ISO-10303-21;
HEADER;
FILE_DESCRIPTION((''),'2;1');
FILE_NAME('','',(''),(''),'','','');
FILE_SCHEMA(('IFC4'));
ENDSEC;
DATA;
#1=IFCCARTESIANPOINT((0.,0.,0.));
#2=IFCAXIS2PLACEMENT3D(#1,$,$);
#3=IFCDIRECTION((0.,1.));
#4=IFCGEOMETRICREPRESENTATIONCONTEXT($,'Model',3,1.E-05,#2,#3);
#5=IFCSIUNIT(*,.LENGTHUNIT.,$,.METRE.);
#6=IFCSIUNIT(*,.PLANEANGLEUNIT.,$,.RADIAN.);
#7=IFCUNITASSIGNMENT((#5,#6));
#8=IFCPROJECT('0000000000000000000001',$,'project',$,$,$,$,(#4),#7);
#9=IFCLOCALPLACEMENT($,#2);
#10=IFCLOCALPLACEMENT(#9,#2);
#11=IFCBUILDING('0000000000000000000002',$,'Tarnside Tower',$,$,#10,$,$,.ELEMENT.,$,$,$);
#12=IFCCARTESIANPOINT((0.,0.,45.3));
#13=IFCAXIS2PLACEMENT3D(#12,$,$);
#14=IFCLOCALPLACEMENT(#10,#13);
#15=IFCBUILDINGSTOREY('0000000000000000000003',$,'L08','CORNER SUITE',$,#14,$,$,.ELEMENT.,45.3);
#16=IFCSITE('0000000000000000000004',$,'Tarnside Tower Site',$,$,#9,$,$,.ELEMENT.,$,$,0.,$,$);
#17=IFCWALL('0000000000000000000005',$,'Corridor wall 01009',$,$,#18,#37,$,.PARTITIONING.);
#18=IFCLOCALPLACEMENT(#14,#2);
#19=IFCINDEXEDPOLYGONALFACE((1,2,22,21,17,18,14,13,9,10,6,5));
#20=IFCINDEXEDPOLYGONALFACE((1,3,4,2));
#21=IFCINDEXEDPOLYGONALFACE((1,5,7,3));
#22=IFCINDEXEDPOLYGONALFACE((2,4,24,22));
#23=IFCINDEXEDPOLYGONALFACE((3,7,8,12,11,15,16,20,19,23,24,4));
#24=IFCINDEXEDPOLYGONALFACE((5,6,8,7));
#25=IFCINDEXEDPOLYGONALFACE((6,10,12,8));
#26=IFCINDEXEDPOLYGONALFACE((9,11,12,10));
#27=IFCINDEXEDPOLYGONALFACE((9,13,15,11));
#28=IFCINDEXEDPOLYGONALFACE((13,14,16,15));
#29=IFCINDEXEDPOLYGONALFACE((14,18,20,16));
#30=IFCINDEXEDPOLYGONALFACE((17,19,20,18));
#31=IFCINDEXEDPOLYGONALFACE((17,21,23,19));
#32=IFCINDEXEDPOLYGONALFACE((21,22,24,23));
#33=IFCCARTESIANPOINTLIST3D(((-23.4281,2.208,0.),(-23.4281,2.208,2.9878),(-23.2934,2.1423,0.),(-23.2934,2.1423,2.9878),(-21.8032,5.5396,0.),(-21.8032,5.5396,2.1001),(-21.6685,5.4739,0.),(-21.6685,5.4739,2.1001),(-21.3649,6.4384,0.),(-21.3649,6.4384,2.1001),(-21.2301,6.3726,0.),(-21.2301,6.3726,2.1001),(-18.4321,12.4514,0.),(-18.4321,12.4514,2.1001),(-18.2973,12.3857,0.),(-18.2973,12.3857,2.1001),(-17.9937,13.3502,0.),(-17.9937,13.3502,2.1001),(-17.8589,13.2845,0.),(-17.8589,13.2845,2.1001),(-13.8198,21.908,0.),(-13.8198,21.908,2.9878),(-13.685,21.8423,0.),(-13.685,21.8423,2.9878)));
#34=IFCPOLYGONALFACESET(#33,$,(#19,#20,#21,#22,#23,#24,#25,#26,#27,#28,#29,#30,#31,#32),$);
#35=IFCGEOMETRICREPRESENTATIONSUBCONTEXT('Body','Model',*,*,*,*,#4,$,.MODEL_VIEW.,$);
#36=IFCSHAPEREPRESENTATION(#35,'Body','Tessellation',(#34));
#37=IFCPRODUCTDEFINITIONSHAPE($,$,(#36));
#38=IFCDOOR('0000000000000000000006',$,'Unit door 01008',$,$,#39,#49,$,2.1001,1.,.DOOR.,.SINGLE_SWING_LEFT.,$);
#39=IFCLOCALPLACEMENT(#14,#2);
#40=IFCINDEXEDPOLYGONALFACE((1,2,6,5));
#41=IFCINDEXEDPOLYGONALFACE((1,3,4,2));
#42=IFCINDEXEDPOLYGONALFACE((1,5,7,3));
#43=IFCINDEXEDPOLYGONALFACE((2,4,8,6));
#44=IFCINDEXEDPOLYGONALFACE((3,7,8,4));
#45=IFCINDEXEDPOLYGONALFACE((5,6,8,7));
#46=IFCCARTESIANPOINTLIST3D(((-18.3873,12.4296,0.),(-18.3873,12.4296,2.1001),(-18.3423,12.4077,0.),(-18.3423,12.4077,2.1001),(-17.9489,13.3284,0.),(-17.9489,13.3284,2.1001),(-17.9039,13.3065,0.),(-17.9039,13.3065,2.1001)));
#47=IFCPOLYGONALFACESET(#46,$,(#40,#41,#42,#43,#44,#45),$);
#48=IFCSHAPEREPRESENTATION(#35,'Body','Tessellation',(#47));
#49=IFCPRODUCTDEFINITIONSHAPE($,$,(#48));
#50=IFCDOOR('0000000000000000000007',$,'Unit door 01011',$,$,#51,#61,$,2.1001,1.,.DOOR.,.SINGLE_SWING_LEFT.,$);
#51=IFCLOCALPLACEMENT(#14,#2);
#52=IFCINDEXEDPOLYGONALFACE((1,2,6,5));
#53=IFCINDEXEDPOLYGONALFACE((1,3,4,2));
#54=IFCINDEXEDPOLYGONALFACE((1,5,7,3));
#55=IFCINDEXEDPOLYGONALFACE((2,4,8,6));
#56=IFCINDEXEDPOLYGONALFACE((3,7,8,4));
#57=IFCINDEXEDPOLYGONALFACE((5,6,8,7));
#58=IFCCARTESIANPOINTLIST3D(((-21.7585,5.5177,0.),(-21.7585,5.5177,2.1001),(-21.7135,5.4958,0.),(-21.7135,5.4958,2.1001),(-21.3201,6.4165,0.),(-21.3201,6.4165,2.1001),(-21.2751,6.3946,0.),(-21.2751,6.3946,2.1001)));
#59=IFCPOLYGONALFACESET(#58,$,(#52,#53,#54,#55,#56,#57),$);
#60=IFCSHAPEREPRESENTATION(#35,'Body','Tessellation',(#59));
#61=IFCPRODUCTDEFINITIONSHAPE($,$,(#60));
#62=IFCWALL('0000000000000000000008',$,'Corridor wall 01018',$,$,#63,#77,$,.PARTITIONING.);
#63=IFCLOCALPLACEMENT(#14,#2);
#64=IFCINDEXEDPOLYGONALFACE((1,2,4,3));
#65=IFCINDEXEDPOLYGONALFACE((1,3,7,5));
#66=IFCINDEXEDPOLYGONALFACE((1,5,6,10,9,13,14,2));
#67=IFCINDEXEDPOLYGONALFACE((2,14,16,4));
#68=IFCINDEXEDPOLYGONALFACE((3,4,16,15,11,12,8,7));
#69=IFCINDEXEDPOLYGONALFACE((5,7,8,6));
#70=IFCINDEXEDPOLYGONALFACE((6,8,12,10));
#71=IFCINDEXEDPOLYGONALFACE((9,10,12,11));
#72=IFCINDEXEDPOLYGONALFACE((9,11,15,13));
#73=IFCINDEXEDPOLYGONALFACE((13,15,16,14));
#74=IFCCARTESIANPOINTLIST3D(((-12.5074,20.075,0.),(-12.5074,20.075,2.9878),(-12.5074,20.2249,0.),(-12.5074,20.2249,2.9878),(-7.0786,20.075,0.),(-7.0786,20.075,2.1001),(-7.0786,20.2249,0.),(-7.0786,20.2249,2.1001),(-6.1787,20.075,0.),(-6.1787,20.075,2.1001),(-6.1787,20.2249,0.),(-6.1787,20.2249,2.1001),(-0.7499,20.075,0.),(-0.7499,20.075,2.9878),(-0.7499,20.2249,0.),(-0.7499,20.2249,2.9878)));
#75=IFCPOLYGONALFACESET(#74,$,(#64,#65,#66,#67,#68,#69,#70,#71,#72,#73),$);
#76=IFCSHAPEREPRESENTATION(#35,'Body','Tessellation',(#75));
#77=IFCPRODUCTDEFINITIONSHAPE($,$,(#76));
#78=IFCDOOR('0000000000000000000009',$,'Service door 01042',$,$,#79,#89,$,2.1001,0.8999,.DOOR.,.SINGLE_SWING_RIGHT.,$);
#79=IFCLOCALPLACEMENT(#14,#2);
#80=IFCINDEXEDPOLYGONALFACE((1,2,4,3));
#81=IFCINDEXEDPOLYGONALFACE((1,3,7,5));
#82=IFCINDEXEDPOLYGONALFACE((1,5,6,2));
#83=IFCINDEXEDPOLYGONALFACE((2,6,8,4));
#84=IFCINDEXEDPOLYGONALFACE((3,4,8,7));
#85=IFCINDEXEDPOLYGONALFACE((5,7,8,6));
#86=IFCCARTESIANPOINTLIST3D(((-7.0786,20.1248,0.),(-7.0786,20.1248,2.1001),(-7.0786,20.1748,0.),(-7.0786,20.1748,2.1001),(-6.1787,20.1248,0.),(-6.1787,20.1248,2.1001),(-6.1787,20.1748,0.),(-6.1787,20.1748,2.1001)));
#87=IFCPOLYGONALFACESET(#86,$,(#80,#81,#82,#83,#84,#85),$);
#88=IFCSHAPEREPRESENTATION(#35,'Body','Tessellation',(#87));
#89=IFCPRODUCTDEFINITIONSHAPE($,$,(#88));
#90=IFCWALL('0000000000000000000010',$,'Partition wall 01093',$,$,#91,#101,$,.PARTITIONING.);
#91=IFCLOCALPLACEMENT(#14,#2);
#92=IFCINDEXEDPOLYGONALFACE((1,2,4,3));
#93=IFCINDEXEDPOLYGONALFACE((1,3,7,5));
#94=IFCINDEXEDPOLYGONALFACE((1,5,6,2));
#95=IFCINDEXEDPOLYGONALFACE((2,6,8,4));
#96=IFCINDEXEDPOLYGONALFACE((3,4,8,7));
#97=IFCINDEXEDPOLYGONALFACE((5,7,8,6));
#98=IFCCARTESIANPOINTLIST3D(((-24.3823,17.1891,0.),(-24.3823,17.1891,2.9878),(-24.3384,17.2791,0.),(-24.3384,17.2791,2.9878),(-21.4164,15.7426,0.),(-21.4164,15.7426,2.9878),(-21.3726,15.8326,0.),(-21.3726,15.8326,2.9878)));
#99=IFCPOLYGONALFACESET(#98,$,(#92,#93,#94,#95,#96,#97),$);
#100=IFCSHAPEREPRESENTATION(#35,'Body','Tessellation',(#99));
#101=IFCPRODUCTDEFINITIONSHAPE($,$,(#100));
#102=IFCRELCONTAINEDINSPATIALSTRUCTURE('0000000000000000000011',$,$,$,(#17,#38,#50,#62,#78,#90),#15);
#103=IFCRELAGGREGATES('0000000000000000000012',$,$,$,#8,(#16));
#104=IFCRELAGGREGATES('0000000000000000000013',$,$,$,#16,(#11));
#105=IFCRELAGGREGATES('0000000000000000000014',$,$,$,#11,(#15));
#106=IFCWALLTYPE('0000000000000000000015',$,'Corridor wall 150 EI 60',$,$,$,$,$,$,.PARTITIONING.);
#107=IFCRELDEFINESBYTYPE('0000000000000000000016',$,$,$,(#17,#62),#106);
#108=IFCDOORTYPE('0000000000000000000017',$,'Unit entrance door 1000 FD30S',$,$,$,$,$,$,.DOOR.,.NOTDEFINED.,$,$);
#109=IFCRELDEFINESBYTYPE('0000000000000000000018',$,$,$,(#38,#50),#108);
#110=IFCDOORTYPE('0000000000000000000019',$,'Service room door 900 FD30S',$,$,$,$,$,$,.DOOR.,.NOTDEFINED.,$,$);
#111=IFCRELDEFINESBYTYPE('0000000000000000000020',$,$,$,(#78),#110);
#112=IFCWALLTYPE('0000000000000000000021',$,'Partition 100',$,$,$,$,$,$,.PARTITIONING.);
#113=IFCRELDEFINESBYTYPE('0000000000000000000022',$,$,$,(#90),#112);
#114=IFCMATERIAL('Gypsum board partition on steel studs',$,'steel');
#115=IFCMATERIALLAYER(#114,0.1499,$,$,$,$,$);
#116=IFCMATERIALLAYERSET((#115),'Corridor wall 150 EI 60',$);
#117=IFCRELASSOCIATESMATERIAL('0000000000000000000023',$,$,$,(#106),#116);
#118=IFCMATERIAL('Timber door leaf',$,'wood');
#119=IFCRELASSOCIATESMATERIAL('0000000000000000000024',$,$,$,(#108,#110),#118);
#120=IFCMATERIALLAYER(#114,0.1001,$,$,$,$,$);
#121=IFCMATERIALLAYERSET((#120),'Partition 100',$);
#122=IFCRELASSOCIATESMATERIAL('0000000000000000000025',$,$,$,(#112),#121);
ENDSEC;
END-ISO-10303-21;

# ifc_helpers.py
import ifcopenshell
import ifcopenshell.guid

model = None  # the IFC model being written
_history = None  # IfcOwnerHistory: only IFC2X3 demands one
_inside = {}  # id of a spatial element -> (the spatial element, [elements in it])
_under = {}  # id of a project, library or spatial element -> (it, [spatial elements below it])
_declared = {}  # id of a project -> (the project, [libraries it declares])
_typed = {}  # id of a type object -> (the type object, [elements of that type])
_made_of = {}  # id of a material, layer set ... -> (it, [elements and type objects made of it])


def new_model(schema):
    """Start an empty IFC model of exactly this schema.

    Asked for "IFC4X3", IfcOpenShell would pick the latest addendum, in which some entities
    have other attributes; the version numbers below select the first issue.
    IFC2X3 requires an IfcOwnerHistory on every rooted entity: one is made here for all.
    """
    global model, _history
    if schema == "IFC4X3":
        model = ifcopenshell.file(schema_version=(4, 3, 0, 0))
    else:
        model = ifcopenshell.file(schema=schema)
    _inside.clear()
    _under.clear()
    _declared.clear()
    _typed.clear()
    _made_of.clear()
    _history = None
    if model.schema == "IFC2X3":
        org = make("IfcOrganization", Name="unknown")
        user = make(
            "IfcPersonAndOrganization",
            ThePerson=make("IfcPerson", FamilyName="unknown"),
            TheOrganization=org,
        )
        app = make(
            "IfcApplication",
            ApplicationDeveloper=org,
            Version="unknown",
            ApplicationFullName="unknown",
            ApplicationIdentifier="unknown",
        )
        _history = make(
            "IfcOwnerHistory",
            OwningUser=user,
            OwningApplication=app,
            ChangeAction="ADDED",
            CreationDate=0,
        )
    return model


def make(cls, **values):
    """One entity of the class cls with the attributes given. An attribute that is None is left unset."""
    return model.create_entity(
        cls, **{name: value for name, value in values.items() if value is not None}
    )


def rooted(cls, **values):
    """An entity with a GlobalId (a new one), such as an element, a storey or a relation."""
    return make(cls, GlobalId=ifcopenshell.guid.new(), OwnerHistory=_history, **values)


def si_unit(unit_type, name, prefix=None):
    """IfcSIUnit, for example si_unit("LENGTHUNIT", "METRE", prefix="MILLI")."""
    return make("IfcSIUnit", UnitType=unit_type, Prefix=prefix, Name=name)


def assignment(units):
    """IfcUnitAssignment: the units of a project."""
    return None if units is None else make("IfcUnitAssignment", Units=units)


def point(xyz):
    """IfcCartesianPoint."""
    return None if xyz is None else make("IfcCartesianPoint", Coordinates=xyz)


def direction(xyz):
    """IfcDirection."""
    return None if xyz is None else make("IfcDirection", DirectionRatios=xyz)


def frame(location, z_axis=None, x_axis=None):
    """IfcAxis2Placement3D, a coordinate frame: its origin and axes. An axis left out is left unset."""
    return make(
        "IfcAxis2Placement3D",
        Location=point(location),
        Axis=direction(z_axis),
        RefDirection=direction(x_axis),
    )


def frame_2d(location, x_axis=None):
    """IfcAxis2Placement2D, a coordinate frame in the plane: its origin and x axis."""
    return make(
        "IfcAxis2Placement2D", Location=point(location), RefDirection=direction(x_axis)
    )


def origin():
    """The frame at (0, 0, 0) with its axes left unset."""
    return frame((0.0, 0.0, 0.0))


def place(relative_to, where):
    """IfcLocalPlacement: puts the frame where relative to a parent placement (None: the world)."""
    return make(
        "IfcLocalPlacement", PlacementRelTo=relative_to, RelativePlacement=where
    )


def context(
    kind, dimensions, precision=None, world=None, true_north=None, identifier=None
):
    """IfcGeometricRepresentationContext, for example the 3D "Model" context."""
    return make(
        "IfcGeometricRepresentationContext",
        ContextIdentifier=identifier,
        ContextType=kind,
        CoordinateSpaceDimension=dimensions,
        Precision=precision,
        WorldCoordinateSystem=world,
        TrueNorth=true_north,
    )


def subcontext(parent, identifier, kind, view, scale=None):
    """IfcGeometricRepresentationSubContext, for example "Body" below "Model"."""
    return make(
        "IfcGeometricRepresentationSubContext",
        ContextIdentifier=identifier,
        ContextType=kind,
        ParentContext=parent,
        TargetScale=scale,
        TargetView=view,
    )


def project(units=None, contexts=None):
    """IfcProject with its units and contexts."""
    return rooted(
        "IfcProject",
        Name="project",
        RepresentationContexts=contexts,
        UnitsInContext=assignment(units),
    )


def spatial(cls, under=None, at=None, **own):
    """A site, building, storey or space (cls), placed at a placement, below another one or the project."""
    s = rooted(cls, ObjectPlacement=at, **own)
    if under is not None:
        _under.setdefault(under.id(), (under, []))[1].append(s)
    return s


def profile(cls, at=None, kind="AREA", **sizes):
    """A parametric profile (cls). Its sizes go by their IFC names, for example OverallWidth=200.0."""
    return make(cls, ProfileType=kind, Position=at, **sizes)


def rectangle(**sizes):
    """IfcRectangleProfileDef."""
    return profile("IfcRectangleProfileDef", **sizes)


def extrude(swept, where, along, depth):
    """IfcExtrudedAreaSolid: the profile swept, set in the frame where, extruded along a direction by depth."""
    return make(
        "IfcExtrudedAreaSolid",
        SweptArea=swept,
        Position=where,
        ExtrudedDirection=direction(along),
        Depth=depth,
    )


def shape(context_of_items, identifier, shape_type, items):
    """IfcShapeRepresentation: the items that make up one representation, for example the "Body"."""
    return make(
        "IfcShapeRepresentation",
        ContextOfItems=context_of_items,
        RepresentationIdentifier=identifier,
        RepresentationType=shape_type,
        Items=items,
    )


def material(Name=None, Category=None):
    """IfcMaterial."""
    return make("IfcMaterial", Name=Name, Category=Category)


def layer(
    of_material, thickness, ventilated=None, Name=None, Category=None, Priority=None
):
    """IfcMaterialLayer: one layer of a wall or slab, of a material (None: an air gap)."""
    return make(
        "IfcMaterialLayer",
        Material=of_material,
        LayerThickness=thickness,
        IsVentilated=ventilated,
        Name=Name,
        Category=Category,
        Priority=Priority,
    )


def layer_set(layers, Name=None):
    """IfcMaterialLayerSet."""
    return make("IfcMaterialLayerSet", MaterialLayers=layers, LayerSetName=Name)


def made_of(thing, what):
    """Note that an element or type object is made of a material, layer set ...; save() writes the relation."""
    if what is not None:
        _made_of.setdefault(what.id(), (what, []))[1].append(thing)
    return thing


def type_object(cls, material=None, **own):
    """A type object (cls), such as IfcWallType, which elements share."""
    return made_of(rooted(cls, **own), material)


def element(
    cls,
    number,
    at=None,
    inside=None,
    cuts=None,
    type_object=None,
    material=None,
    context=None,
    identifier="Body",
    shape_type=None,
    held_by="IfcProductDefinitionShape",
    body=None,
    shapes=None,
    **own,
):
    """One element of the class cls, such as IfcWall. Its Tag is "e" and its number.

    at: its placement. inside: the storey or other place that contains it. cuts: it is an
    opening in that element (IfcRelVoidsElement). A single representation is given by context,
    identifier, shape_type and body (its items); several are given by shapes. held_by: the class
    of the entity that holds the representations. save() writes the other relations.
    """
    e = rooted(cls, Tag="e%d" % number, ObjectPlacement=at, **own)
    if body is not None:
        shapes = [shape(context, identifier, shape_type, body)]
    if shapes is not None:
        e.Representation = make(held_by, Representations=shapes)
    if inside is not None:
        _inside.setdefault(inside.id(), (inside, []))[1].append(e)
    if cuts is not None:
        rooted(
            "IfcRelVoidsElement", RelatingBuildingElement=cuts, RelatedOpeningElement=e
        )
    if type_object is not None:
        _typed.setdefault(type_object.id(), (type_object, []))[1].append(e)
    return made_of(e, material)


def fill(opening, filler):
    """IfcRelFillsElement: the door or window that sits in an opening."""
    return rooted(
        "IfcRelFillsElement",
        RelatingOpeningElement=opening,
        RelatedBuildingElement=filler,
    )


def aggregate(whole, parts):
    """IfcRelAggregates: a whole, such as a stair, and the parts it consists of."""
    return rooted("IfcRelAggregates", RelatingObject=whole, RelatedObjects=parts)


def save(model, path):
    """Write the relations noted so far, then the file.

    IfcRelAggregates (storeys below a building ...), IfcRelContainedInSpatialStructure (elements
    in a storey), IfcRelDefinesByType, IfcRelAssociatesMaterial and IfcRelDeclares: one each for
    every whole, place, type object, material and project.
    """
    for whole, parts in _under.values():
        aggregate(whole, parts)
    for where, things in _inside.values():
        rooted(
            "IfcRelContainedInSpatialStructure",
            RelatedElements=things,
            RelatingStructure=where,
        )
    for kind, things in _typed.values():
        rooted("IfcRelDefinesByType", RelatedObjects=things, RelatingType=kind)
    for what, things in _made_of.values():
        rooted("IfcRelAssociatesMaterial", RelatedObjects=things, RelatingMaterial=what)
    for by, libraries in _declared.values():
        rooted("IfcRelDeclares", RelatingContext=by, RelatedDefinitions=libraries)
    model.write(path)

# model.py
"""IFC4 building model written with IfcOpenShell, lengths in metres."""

from ifc_helpers import new_model, si_unit, direction, frame, frame_2d, origin, place, context, subcontext, project, spatial, rectangle, extrude, material, layer, layer_set, type_object, element, fill, save


model = new_model("IFC4")

# Units and contexts
model_context = context("Model", 3, precision=1e-05, world=origin(), true_north=direction((0.0, 1.0)))
body_context = subcontext(model_context, "Body", "Model", "MODEL_VIEW")
ifc_project = project(units=[si_unit("LENGTHUNIT", "METRE"), si_unit("PLANEANGLEUNIT", "RADIAN")], contexts=[model_context])

# Site, building, storey
site_placement = place(None, origin())
site = spatial("IfcSite", under=ifc_project, at=site_placement, Name="Tarnside Tower Site", CompositionType="ELEMENT", RefElevation=0.0)
building_placement = place(site_placement, origin())
building = spatial("IfcBuilding", under=site, at=building_placement, Name="Tarnside Tower", CompositionType="ELEMENT")
storey_placement = place(building_placement, frame((0.0, 0.0, 45.3)))
storey = spatial("IfcBuildingStorey", under=building, at=storey_placement, Name="L08", Description="CORNER SUITE", CompositionType="ELEMENT", Elevation=45.3)

# Shared definitions
ifc_material_1 = material(Name="Gypsum board partition on steel studs", Category="steel")
ifc_material_2 = material(Name="Timber door leaf", Category="wood")

# Wall, openings, doors
ifc_layer_1 = layer(ifc_material_1, 0.1499)
ifc_layer_set_1 = layer_set([ifc_layer_1], Name="Corridor wall 150 EI 60")
wall_type_1 = type_object("IfcWallType", Name="Corridor wall 150 EI 60", PredefinedType="PARTITIONING", material=ifc_layer_set_1)
wall_1_placement = place(storey_placement, frame((-13.7524, 21.875, 0.0), z_axis=(0.0, 0.0, 1.0), x_axis=(-0.438374, -0.898792, 0.0)))
wall_1 = element("IfcWall", 1, at=wall_1_placement, inside=storey, type_object=wall_type_1, Name="Corridor wall 01009", PredefinedType="PARTITIONING", context=body_context, shape_type="SweptSolid", body=[
    extrude(rectangle(XDim=21.9182, YDim=0.1499, at=frame_2d((10.959, 0.0))), origin(), (0.0, 0.0, 1.0), 2.9878),
])
opening_1_placement = place(wall_1_placement, frame((9.5212, 0.0, 0.0)))
opening_1 = element("IfcOpeningElement", 2, at=opening_1_placement, cuts=wall_1, PredefinedType="OPENING", context=body_context, shape_type="SweptSolid", body=[
    extrude(rectangle(XDim=1.0, YDim=2.1001, at=frame_2d((0.5, 1.05))), frame((0.0, 0.085, 0.0), z_axis=(0.0, -1.0, 0.0), x_axis=(1.0, 0.0, 0.0)), (0.0, 0.0, 1.0), 0.1699),
])
opening_2_placement = place(wall_1_placement, frame((17.2114, 0.0, 0.0)))
opening_2 = element("IfcOpeningElement", 3, at=opening_2_placement, cuts=wall_1, PredefinedType="OPENING", context=body_context, shape_type="SweptSolid", body=[
    extrude(rectangle(XDim=1.0, YDim=2.1001, at=frame_2d((0.5, 1.05))), frame((0.0, 0.085, 0.0), z_axis=(0.0, -1.0, 0.0), x_axis=(1.0, 0.0, 0.0)), (0.0, 0.0, 1.0), 0.1699),
])
door_type_1 = type_object("IfcDoorType", Name="Unit entrance door 1000 FD30S", OperationType="NOTDEFINED", PredefinedType="DOOR", material=ifc_material_2)
door_1_placement = place(opening_1_placement, origin())
door_1 = element("IfcDoor", 4, at=door_1_placement, inside=storey, type_object=door_type_1, Name="Unit door 01008", OperationType="SINGLE_SWING_LEFT", OverallHeight=2.1001, OverallWidth=1.0, PredefinedType="DOOR", context=body_context, shape_type="SweptSolid", body=[
    extrude(rectangle(XDim=1.0, YDim=2.1001, at=frame_2d((0.5, 1.05))), frame((0.0, 0.0249, 0.0), z_axis=(0.0, -1.0, 0.0), x_axis=(1.0, 0.0, 0.0)), (0.0, 0.0, 1.0), 0.05),
])
fill(opening_1, door_1)
door_2_placement = place(opening_2_placement, origin())
door_2 = element("IfcDoor", 5, at=door_2_placement, inside=storey, type_object=door_type_1, Name="Unit door 01011", OperationType="SINGLE_SWING_LEFT", OverallHeight=2.1001, OverallWidth=1.0, PredefinedType="DOOR", context=body_context, shape_type="SweptSolid", body=[
    extrude(rectangle(XDim=1.0, YDim=2.1001, at=frame_2d((0.5, 1.05))), frame((0.0, 0.0249, 0.0), z_axis=(0.0, -1.0, 0.0), x_axis=(1.0, 0.0, 0.0)), (0.0, 0.0, 1.0), 0.05),
])
fill(opening_2, door_2)

# Wall, opening, door
wall_2_placement = place(storey_placement, frame((-12.5076, 20.1499, 0.0), z_axis=(0.0, 0.0, 1.0), x_axis=(1.0, 0.0, 0.0)))
wall_2 = element("IfcWall", 6, at=wall_2_placement, inside=storey, type_object=wall_type_1, Name="Corridor wall 01018", PredefinedType="PARTITIONING", context=body_context, shape_type="SweptSolid", body=[
    extrude(rectangle(XDim=11.7576, YDim=0.1499, at=frame_2d((5.8789, 0.0))), origin(), (0.0, 0.0, 1.0), 2.9878),
])
opening_3_placement = place(wall_2_placement, frame((5.429, 0.0, 0.0)))
opening_3 = element("IfcOpeningElement", 7, at=opening_3_placement, cuts=wall_2, PredefinedType="OPENING", context=body_context, shape_type="SweptSolid", body=[
    extrude(rectangle(XDim=0.8999, YDim=2.1001, at=frame_2d((0.45, 1.05))), frame((0.0, 0.085, 0.0), z_axis=(0.0, -1.0, 0.0), x_axis=(1.0, 0.0, 0.0)), (0.0, 0.0, 1.0), 0.1699),
])
door_type_2 = type_object("IfcDoorType", Name="Service room door 900 FD30S", OperationType="NOTDEFINED", PredefinedType="DOOR", material=ifc_material_2)
door_3_placement = place(opening_3_placement, origin())
door_3 = element("IfcDoor", 8, at=door_3_placement, inside=storey, type_object=door_type_2, Name="Service door 01042", OperationType="SINGLE_SWING_RIGHT", OverallHeight=2.1001, OverallWidth=0.8999, PredefinedType="DOOR", context=body_context, shape_type="SweptSolid", body=[
    extrude(rectangle(XDim=0.8999, YDim=2.1001, at=frame_2d((0.45, 1.05))), frame((0.0, 0.0249, 0.0), z_axis=(0.0, -1.0, 0.0), x_axis=(1.0, 0.0, 0.0)), (0.0, 0.0, 1.0), 0.05),
])
fill(opening_3, door_3)

# Wall
ifc_layer_2 = layer(ifc_material_1, 0.1001)
ifc_layer_set_2 = layer_set([ifc_layer_2], Name="Partition 100")
wall_type_2 = type_object("IfcWallType", Name="Partition 100", PredefinedType="PARTITIONING", material=ifc_layer_set_2)
wall_3_placement = place(storey_placement, frame((-24.3604, 17.2341, 0.0), z_axis=(0.0, 0.0, 1.0), x_axis=(0.898793, -0.438373, 0.0)))
element("IfcWall", 9, at=wall_3_placement, inside=storey, type_object=wall_type_2, Name="Partition wall 01093", PredefinedType="PARTITIONING", context=body_context, shape_type="SweptSolid", body=[
    extrude(rectangle(XDim=3.2998, YDim=0.1001, at=frame_2d((1.6499, 0.0))), origin(), (0.0, 0.0, 1.0), 2.9878),
])

save(model, "model.ifc")
